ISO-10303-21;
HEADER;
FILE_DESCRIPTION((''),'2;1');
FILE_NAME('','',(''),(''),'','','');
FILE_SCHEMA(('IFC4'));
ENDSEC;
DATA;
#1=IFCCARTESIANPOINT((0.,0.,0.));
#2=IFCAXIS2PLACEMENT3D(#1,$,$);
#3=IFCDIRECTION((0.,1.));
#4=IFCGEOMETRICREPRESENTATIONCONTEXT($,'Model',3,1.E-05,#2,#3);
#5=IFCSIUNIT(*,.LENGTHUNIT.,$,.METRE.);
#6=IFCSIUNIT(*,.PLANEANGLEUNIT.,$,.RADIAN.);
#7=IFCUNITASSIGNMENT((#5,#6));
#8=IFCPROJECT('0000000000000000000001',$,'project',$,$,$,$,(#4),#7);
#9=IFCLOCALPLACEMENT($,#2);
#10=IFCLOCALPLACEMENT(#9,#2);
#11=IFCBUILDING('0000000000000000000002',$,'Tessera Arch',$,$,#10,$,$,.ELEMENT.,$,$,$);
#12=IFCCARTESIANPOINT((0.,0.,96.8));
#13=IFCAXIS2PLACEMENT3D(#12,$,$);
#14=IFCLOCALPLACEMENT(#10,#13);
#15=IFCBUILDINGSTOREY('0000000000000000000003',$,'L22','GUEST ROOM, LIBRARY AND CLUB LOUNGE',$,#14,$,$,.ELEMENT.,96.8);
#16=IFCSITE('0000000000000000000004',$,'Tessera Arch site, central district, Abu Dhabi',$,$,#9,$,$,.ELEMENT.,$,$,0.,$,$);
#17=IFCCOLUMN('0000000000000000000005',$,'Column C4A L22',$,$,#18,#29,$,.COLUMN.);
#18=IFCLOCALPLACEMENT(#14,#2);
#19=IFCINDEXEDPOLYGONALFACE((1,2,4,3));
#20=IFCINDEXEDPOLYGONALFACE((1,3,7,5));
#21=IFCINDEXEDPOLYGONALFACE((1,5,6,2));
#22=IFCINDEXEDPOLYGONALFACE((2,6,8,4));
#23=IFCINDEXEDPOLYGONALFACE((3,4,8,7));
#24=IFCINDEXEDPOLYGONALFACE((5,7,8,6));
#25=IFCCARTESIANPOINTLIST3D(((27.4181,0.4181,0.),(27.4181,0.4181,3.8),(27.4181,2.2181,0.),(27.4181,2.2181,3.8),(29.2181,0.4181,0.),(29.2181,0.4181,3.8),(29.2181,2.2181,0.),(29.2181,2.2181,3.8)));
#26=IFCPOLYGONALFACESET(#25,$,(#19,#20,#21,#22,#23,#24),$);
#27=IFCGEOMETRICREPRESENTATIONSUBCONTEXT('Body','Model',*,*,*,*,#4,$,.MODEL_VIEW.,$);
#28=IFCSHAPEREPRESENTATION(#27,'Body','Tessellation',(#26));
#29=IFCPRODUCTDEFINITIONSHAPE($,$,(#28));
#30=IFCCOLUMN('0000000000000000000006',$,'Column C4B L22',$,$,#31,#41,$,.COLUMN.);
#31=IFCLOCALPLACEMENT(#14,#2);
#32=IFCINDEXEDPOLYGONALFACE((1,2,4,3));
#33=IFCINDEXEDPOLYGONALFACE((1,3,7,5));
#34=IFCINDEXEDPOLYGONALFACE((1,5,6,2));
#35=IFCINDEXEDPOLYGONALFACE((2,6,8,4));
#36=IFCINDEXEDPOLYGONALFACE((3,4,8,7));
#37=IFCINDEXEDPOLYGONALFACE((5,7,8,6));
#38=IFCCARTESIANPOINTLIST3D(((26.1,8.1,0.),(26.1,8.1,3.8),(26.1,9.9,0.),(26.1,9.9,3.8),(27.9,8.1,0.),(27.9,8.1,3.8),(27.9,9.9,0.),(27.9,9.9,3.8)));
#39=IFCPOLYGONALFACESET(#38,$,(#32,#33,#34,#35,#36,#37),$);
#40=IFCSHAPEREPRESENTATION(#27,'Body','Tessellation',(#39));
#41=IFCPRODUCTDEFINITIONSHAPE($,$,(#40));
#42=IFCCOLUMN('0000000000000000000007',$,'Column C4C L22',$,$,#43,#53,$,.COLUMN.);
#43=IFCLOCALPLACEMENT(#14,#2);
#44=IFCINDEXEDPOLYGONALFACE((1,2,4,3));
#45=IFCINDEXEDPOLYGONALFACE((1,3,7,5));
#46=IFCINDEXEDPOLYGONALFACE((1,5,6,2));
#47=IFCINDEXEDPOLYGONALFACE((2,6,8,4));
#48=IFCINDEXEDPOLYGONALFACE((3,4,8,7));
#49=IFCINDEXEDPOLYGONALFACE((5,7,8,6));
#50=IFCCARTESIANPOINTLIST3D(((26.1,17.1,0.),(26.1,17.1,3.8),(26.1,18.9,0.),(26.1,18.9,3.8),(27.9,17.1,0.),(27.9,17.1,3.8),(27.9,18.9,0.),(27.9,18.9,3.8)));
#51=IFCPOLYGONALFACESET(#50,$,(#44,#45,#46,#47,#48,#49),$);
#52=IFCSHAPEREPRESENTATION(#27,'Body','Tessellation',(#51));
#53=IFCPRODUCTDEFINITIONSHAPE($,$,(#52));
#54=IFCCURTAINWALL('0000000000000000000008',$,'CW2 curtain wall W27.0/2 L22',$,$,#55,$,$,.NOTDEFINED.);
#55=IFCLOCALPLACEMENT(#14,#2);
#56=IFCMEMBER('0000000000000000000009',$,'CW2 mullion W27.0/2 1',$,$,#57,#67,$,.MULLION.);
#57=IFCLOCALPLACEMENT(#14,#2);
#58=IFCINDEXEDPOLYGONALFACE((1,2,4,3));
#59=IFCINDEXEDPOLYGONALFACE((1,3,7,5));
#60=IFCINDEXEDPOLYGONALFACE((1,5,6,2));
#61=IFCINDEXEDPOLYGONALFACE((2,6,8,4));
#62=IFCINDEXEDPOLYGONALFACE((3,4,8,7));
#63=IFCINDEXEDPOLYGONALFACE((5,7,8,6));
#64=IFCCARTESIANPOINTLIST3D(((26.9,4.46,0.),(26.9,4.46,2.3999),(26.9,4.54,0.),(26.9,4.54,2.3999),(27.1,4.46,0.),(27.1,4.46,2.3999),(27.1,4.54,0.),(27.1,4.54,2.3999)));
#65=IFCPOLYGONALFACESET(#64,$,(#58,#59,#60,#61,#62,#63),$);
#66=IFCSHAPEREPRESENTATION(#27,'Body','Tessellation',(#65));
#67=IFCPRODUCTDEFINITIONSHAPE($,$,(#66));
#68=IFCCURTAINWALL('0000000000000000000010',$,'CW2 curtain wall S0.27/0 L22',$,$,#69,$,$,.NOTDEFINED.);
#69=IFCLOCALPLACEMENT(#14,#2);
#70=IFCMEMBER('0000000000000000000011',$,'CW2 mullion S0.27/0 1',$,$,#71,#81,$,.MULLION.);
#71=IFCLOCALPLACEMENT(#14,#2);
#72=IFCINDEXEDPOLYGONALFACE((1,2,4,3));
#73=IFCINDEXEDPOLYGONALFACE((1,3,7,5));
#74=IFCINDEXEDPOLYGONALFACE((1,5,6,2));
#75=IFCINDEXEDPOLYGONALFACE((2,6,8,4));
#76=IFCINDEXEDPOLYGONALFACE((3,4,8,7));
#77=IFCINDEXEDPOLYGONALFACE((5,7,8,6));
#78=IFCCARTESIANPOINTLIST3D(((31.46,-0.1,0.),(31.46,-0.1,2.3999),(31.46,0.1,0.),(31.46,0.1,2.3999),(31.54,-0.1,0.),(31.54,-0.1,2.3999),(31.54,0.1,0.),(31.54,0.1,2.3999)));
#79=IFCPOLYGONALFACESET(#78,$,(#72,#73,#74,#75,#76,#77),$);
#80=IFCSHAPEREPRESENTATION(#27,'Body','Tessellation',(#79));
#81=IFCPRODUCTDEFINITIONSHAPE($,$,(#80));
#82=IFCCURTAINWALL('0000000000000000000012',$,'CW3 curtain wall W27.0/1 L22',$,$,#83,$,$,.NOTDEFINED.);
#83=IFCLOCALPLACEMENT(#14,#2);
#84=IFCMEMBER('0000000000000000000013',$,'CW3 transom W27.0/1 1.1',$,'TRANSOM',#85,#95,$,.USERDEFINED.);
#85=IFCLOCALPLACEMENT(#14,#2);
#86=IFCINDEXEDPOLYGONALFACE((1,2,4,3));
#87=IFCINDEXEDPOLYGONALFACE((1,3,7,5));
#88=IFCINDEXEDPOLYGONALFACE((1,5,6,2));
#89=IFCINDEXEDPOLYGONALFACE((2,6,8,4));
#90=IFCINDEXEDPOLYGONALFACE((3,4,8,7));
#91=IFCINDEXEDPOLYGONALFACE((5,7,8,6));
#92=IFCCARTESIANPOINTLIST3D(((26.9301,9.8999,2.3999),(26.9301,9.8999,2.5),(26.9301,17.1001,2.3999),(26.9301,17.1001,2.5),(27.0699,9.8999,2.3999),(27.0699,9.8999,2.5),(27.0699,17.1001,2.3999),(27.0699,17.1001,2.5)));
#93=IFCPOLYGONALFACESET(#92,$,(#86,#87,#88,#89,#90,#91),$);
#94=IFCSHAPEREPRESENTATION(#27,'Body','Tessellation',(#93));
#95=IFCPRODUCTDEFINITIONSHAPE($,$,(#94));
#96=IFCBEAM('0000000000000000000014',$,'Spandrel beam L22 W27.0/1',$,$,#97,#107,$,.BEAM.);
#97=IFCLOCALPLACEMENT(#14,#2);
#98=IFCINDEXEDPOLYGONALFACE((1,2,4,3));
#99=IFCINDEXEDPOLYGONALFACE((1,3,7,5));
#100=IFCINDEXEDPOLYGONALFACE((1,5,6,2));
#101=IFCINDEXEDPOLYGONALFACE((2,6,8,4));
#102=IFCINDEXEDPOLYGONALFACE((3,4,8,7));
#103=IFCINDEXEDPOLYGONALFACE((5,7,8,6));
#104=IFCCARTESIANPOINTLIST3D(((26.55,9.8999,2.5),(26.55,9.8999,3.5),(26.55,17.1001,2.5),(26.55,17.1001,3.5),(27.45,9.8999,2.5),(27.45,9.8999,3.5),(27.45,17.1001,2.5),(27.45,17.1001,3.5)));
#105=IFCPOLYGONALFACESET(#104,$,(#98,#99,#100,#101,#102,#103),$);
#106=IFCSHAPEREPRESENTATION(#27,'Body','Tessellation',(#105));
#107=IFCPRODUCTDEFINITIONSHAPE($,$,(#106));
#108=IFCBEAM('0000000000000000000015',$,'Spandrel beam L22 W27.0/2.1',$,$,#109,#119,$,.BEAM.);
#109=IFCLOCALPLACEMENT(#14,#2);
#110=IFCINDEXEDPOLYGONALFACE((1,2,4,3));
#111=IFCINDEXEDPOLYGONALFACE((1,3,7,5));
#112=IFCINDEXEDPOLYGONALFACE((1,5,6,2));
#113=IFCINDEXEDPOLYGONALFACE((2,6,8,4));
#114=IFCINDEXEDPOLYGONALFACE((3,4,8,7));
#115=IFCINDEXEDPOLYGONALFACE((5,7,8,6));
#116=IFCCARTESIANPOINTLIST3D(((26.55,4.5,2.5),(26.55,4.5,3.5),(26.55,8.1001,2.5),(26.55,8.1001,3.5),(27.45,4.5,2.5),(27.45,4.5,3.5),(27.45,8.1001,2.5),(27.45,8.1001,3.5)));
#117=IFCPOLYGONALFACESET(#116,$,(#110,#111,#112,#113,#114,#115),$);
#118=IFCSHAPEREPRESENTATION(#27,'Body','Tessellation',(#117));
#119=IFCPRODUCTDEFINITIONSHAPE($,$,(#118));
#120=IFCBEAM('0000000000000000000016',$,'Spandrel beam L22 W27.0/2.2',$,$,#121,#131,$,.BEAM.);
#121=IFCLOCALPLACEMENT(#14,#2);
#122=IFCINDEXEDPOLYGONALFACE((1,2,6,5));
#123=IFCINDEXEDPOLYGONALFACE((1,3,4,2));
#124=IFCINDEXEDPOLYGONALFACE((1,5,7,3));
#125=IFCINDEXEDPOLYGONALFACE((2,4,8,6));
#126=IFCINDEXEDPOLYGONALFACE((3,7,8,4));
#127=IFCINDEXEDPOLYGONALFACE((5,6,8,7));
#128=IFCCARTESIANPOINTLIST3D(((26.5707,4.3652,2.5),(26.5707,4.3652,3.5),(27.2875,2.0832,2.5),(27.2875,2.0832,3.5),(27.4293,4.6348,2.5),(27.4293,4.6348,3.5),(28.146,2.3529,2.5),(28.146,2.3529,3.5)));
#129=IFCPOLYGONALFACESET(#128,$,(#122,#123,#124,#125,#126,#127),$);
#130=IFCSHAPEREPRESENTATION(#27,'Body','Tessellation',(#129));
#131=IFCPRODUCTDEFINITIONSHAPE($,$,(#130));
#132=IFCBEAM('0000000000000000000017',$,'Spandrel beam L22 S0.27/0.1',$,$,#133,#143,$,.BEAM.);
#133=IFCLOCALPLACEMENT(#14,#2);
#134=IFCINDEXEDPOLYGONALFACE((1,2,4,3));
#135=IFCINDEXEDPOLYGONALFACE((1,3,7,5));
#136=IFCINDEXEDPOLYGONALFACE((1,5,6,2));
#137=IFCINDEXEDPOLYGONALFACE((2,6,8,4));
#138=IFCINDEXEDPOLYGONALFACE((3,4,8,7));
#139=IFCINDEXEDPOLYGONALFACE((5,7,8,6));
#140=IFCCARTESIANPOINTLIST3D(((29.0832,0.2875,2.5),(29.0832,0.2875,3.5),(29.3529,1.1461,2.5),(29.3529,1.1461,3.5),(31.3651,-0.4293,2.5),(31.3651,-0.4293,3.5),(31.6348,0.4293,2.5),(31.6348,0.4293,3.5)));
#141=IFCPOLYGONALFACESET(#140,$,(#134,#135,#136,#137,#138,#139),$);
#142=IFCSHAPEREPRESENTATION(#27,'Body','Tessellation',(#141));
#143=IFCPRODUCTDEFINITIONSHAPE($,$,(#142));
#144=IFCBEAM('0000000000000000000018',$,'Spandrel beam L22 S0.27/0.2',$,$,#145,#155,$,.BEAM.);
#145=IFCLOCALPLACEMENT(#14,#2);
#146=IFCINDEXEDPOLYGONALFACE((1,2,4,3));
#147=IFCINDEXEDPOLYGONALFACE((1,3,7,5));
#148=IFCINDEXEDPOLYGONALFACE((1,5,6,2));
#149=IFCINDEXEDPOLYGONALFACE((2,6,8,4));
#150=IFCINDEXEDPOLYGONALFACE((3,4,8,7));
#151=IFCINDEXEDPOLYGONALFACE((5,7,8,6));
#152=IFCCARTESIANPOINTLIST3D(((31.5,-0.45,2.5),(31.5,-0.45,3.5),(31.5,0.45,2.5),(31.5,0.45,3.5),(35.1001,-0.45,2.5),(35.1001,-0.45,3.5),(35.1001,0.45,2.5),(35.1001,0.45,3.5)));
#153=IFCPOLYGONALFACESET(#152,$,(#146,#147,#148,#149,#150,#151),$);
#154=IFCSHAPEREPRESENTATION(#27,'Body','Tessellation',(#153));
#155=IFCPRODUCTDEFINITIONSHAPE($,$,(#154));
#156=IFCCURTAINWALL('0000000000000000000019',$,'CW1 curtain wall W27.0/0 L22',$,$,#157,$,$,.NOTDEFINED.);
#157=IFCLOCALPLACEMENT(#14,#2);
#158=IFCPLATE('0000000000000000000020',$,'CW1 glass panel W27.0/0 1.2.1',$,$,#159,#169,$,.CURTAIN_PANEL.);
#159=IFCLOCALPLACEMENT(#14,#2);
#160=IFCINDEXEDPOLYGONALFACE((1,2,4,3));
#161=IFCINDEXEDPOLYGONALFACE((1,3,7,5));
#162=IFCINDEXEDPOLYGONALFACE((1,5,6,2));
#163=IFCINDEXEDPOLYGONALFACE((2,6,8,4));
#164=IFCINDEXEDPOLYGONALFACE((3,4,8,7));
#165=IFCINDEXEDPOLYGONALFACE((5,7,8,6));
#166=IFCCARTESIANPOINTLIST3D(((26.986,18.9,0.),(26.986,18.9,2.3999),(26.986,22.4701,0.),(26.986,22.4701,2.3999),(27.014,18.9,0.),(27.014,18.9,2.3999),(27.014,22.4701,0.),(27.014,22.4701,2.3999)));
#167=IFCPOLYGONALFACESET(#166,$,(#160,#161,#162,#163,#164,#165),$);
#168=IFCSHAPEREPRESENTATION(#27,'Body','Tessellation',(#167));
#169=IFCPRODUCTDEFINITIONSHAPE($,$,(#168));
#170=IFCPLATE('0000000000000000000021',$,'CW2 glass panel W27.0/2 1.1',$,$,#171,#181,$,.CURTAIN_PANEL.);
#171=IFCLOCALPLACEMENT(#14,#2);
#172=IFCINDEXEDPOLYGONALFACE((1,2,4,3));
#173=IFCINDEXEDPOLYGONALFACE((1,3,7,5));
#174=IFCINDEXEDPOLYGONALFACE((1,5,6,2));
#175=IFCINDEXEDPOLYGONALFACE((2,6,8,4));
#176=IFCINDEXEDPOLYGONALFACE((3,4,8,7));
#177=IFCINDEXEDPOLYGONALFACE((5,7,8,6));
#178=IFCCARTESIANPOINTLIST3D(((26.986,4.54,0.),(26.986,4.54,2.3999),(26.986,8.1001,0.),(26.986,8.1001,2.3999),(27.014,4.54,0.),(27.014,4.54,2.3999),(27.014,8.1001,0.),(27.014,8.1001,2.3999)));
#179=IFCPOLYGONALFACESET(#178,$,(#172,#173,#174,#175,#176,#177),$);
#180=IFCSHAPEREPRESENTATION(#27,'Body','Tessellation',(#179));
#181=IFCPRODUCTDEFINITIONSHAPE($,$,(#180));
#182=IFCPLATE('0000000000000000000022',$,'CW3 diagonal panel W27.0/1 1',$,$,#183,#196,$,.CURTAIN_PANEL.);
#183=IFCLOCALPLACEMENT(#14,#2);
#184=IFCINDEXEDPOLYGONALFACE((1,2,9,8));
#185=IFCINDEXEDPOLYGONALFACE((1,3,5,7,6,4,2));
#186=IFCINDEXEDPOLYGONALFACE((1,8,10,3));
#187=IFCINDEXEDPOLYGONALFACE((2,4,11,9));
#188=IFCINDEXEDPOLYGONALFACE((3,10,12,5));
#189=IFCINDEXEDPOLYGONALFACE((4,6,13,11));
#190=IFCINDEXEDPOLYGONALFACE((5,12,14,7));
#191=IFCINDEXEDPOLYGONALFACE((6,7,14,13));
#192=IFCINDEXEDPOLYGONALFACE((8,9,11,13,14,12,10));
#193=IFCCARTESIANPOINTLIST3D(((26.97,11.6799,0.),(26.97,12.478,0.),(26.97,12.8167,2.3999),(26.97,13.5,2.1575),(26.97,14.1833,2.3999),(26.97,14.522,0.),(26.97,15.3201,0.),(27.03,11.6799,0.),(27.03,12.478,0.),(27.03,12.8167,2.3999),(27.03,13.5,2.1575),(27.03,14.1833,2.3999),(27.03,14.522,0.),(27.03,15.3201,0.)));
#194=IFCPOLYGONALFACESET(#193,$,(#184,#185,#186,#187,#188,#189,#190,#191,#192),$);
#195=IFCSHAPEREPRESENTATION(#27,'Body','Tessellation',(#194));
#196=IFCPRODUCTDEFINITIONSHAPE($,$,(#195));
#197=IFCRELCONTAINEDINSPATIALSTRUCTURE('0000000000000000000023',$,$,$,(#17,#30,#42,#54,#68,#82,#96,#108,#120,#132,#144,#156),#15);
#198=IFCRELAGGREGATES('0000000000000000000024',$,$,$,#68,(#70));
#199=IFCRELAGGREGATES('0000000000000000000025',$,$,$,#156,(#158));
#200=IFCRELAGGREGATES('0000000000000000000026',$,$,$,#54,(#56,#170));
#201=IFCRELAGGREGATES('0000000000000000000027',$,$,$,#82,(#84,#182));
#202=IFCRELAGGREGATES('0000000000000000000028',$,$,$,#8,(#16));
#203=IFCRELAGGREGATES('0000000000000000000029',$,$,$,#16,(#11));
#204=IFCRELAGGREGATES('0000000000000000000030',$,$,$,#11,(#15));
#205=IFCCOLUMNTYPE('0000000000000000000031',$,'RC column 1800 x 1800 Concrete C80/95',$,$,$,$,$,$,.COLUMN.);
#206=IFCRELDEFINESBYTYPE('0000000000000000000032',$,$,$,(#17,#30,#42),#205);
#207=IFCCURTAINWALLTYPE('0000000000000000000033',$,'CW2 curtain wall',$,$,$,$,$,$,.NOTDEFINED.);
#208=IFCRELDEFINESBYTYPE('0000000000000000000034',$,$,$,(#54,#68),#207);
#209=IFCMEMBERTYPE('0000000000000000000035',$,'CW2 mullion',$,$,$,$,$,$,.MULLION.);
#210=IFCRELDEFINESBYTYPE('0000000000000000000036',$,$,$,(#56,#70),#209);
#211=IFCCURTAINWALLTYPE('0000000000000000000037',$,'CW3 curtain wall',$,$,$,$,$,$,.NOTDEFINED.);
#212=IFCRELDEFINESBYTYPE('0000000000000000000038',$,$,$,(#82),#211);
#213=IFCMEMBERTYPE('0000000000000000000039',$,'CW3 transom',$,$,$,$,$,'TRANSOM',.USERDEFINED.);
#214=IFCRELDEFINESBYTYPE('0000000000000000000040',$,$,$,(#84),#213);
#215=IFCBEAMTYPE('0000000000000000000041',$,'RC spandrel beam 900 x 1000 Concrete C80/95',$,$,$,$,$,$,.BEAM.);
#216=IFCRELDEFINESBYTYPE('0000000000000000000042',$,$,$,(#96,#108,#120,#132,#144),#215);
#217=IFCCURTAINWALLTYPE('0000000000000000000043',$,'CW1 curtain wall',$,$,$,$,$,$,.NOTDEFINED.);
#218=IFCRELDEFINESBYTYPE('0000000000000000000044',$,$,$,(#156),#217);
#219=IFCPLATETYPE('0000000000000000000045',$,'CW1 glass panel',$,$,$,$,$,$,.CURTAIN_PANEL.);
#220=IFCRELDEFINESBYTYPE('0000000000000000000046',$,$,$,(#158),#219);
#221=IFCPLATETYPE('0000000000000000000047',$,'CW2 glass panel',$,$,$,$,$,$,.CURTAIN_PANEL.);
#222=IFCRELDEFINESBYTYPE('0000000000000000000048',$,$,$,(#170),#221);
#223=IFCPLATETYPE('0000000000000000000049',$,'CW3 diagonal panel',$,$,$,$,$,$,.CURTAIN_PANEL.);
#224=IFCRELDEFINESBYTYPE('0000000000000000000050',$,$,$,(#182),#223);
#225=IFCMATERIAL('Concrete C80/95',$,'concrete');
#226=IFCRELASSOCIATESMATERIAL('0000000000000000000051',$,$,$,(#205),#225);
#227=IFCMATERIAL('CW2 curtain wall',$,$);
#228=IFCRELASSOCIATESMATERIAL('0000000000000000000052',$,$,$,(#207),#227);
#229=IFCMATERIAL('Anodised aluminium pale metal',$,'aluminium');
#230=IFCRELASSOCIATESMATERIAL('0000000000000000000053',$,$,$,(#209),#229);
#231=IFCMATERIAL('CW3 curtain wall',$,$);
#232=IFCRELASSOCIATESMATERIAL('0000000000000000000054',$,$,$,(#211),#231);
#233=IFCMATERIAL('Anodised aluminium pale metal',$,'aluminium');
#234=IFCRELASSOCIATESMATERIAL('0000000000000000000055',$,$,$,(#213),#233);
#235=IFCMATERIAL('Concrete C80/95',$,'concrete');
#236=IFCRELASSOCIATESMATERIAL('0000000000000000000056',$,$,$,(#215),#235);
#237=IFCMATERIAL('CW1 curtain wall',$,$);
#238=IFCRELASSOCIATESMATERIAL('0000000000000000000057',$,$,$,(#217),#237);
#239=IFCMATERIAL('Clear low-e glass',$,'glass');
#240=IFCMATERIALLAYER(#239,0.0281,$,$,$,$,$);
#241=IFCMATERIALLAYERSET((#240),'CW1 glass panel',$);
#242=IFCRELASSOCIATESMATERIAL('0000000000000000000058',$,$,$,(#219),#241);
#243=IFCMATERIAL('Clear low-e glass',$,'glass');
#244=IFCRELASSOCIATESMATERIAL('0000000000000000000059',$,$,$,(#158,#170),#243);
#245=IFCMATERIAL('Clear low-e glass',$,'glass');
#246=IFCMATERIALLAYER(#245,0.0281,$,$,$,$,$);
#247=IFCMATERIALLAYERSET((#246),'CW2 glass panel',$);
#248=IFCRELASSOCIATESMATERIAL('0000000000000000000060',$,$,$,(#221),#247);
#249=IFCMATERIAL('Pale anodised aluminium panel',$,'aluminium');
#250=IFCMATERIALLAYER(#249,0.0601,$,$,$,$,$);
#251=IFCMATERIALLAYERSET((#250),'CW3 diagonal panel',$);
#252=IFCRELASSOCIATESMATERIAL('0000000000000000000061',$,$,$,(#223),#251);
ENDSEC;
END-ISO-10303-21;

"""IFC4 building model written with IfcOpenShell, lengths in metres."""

from ifc_helpers import new_model, si_unit, direction, frame, origin, origin_2d, place, context, subcontext, project, spatial, polyline, rectangle, outline, extrude, material, layer, layer_set, material_profile, profile_set, type_object, element, aggregate, save


model = new_model("IFC4")

# Units and contexts
model_context = context("Model", 3, precision=1e-05, world=origin(), true_north=direction((0.0, 1.0)))
body_context = subcontext(model_context, "Body", "Model", "MODEL_VIEW")
ifc_project = project(units=[si_unit("LENGTHUNIT", "METRE"), si_unit("PLANEANGLEUNIT", "RADIAN")], contexts=[model_context])

# Site, building, storey
site_placement = place(None, origin())
site = spatial("IfcSite", under=ifc_project, at=site_placement, Name="Tessera Arch site, central district, Abu Dhabi", CompositionType="ELEMENT", RefElevation=0.0)
building_placement = place(site_placement, origin())
building = spatial("IfcBuilding", under=site, at=building_placement, Name="Tessera Arch", CompositionType="ELEMENT")
storey_placement = place(building_placement, frame((0.0, 0.0, 96.8)))
storey = spatial("IfcBuildingStorey", under=building, at=storey_placement, Name="L22", Description="GUEST ROOM, LIBRARY AND CLUB LOUNGE", CompositionType="ELEMENT", Elevation=96.8)

# Columns
ifc_material_1 = material(Name="Concrete C80/95", Category="concrete")
ifc_material_profile_1 = material_profile(ifc_material_1, rectangle(XDim=1.8, YDim=1.8, at=origin_2d()), Name="RC column 1800 x 1800 Concrete C80/95")
ifc_profile_set_1 = profile_set([ifc_material_profile_1], Name="Concrete C80/95")
column_type = type_object("IfcColumnType", Name="RC column 1800 x 1800 Concrete C80/95", PredefinedType="COLUMN", material=ifc_profile_set_1)
for number, where, z_axis, x_axis, name in (
    (1, (28.3181, 1.3181, 0.0), (0.0, 0.0, 1.0), (1.0, 0.0, 0.0), "Column C4A L22"),
    (2, (27.0, 9.0, 0.0), (0.0, 0.0, 1.0), (1.0, 0.0, 0.0), "Column C4B L22"),
    (3, (27.0, 18.0, 0.0), (0.0, 0.0, 1.0), (1.0, 0.0, 0.0), "Column C4C L22"),
):
    element("IfcColumn", number, at=place(storey_placement, frame(where, z_axis=z_axis, x_axis=x_axis)), inside=storey, type_object=column_type, Name=name, PredefinedType="COLUMN", context=body_context, shape_type="SweptSolid", body=[
        extrude(rectangle(XDim=1.8, YDim=1.8, at=origin_2d()), origin(), (0.0, 0.0, 1.0), 3.8),
    ])

# Curtain walls, members
ifc_material_2 = material(Name="CW2 curtain wall")
curtain_wall_type_1 = type_object("IfcCurtainWallType", Name="CW2 curtain wall", PredefinedType="NOTDEFINED", material=ifc_material_2)
curtain_wall_1_placement = place(storey_placement, origin())
curtain_wall_1 = element("IfcCurtainWall", 4, at=curtain_wall_1_placement, inside=storey, type_object=curtain_wall_type_1, Name="CW2 curtain wall W27.0/2 L22", PredefinedType="NOTDEFINED")
ifc_material_3 = material(Name="Anodised aluminium pale metal", Category="aluminium")
ifc_material_profile_2 = material_profile(ifc_material_3, rectangle(XDim=0.2, YDim=0.0801, at=origin_2d()), Name="AL 80x200")
ifc_profile_set_2 = profile_set([ifc_material_profile_2], Name="Anodised aluminium pale metal")
member_type_1 = type_object("IfcMemberType", Name="CW2 mullion", PredefinedType="MULLION", material=ifc_profile_set_2)
member_1_placement = place(storey_placement, frame((27.0, 4.5, 0.0), z_axis=(0.0, 0.0, 1.0), x_axis=(1.0, 0.0, 0.0)))
member_1 = element("IfcMember", 5, at=member_1_placement, type_object=member_type_1, Name="CW2 mullion W27.0/2 1", PredefinedType="MULLION", context=body_context, shape_type="SweptSolid", body=[
    extrude(rectangle(XDim=0.2, YDim=0.0801, at=origin_2d()), origin(), (0.0, 0.0, 1.0), 2.3999),
])
curtain_wall_2_placement = place(storey_placement, origin())
curtain_wall_2 = element("IfcCurtainWall", 6, at=curtain_wall_2_placement, inside=storey, type_object=curtain_wall_type_1, Name="CW2 curtain wall S0.27/0 L22", PredefinedType="NOTDEFINED")
member_2_placement = place(storey_placement, frame((31.5, 0.0, 0.0), z_axis=(0.0, 0.0, 1.0), x_axis=(0.0, 1.0, 0.0)))
member_2 = element("IfcMember", 7, at=member_2_placement, type_object=member_type_1, Name="CW2 mullion S0.27/0 1", PredefinedType="MULLION", context=body_context, shape_type="SweptSolid", body=[
    extrude(rectangle(XDim=0.2, YDim=0.0801, at=origin_2d()), origin(), (0.0, 0.0, 1.0), 2.3999),
])
aggregate(curtain_wall_2, [member_2])
ifc_material_4 = material(Name="CW3 curtain wall")
curtain_wall_type_2 = type_object("IfcCurtainWallType", Name="CW3 curtain wall", PredefinedType="NOTDEFINED", material=ifc_material_4)
curtain_wall_3_placement = place(storey_placement, origin())
curtain_wall_3 = element("IfcCurtainWall", 8, at=curtain_wall_3_placement, inside=storey, type_object=curtain_wall_type_2, Name="CW3 curtain wall W27.0/1 L22", PredefinedType="NOTDEFINED")
ifc_material_5 = material(Name="Anodised aluminium pale metal", Category="aluminium")
ifc_material_profile_3 = material_profile(ifc_material_5, rectangle(XDim=0.1399, YDim=0.1001, at=origin_2d()), Name="AL 140x100")
ifc_profile_set_3 = profile_set([ifc_material_profile_3], Name="Anodised aluminium pale metal")
member_type_2 = type_object("IfcMemberType", Name="CW3 transom", ElementType="TRANSOM", PredefinedType="USERDEFINED", material=ifc_profile_set_3)
member_3_placement = place(storey_placement, frame((27.0, 17.1001, 2.45), z_axis=(0.0, -1.0, 0.0), x_axis=(1.0, 0.0, 0.0)))
member_3 = element("IfcMember", 9, at=member_3_placement, type_object=member_type_2, Name="CW3 transom W27.0/1 1.1", ObjectType="TRANSOM", PredefinedType="USERDEFINED", context=body_context, shape_type="SweptSolid", body=[
    extrude(rectangle(XDim=0.1399, YDim=0.1001, at=origin_2d()), origin(), (0.0, 0.0, 1.0), 7.2002),
])

# Beams
ifc_material_6 = material(Name="Concrete C80/95", Category="concrete")
ifc_material_profile_4 = material_profile(ifc_material_6, rectangle(XDim=0.8999, YDim=1.0, at=origin_2d()), Name="RC spandrel beam 900 x 1000 Concrete C80/95")
ifc_profile_set_4 = profile_set([ifc_material_profile_4], Name="Concrete C80/95")
beam_type = type_object("IfcBeamType", Name="RC spandrel beam 900 x 1000 Concrete C80/95", PredefinedType="BEAM", material=ifc_profile_set_4)
beam_1_placement = place(storey_placement, frame((27.0, 17.1001, 3.0), z_axis=(0.0, -1.0, 0.0), x_axis=(1.0, 0.0, 0.0)))
element("IfcBeam", 10, at=beam_1_placement, inside=storey, type_object=beam_type, Name="Spandrel beam L22 W27.0/1", PredefinedType="BEAM", context=body_context, shape_type="SweptSolid", body=[
    extrude(rectangle(XDim=0.8999, YDim=1.0, at=origin_2d()), origin(), (0.0, 0.0, 1.0), 7.2002),
])
beam_2_placement = place(storey_placement, frame((27.0, 8.1001, 3.0), z_axis=(0.0, -1.0, 0.0), x_axis=(1.0, 0.0, 0.0)))
element("IfcBeam", 11, at=beam_2_placement, inside=storey, type_object=beam_type, Name="Spandrel beam L22 W27.0/2.1", PredefinedType="BEAM", context=body_context, shape_type="SweptSolid", body=[
    extrude(rectangle(XDim=0.8999, YDim=1.0, at=origin_2d()), origin(), (0.0, 0.0, 1.0), 3.6001),
])
for number, where, z_axis, x_axis, name in (
    (12, (27.0, 4.5, 3.0), (0.299675, -0.954041, 0.0), (0.954041, 0.299675, 0.0), "Spandrel beam L22 W27.0/2.2"),
    (13, (29.218, 0.7168, 3.0), (0.954041, -0.299675, 0.0), (0.299675, 0.954041, 0.0), "Spandrel beam L22 S0.27/0.1"),
):
    element("IfcBeam", number, at=place(storey_placement, frame(where, z_axis=z_axis, x_axis=x_axis)), inside=storey, type_object=beam_type, Name=name, PredefinedType="BEAM", context=body_context, shape_type="SweptSolid", body=[
        extrude(rectangle(XDim=0.8999, YDim=1.0, at=origin_2d()), origin(), (0.0, 0.0, 1.0), 2.3918),
    ])
beam_3_placement = place(storey_placement, frame((31.5, 0.0, 3.0), z_axis=(1.0, 0.0, 0.0), x_axis=(0.0, 1.0, 0.0)))
element("IfcBeam", 14, at=beam_3_placement, inside=storey, type_object=beam_type, Name="Spandrel beam L22 S0.27/0.2", PredefinedType="BEAM", context=body_context, shape_type="SweptSolid", body=[
    extrude(rectangle(XDim=0.8999, YDim=1.0, at=origin_2d()), origin(), (0.0, 0.0, 1.0), 3.6001),
])

# Curtain wall, plate
ifc_material_7 = material(Name="CW1 curtain wall")
curtain_wall_type_3 = type_object("IfcCurtainWallType", Name="CW1 curtain wall", PredefinedType="NOTDEFINED", material=ifc_material_7)
curtain_wall_4_placement = place(storey_placement, origin())
curtain_wall_4 = element("IfcCurtainWall", 15, at=curtain_wall_4_placement, inside=storey, type_object=curtain_wall_type_3, Name="CW1 curtain wall W27.0/0 L22", PredefinedType="NOTDEFINED")
ifc_material_8 = material(Name="Clear low-e glass", Category="glass")
ifc_material_9 = material(Name="Clear low-e glass", Category="glass")
ifc_layer_1 = layer(ifc_material_9, 0.0281)
ifc_layer_set_1 = layer_set([ifc_layer_1], Name="CW1 glass panel")
plate_type_1 = type_object("IfcPlateType", Name="CW1 glass panel", PredefinedType="CURTAIN_PANEL", material=ifc_layer_set_1)
plate_1_placement = place(storey_placement, frame((27.0, 20.6851, 0.0), z_axis=(0.0, 0.0, 1.0), x_axis=(0.0, -1.0, 0.0)))
plate_1 = element("IfcPlate", 16, at=plate_1_placement, type_object=plate_type_1, material=ifc_material_8, Name="CW1 glass panel W27.0/0 1.2.1", PredefinedType="CURTAIN_PANEL", context=body_context, shape_type="SweptSolid", body=[
    extrude(rectangle(XDim=3.5701, YDim=0.0281, at=origin_2d()), origin(), (0.0, 0.0, 1.0), 2.3999),
])
aggregate(curtain_wall_4, [plate_1])

# Plates
ifc_material_10 = material(Name="Clear low-e glass", Category="glass")
ifc_layer_2 = layer(ifc_material_10, 0.0281)
ifc_layer_set_2 = layer_set([ifc_layer_2], Name="CW2 glass panel")
plate_type_2 = type_object("IfcPlateType", Name="CW2 glass panel", PredefinedType="CURTAIN_PANEL", material=ifc_layer_set_2)
plate_2_placement = place(storey_placement, frame((27.0, 6.3201, 0.0), z_axis=(0.0, 0.0, 1.0), x_axis=(0.0, -1.0, 0.0)))
plate_2 = element("IfcPlate", 17, at=plate_2_placement, type_object=plate_type_2, material=ifc_material_8, Name="CW2 glass panel W27.0/2 1.1", PredefinedType="CURTAIN_PANEL", context=body_context, shape_type="SweptSolid", body=[
    extrude(rectangle(XDim=3.5601, YDim=0.0281, at=origin_2d()), origin(), (0.0, 0.0, 1.0), 2.3999),
])
aggregate(curtain_wall_1, [member_1, plate_2])
ifc_material_11 = material(Name="Pale anodised aluminium panel", Category="aluminium")
ifc_layer_3 = layer(ifc_material_11, 0.0601)
ifc_layer_set_3 = layer_set([ifc_layer_3], Name="CW3 diagonal panel")
plate_type_3 = type_object("IfcPlateType", Name="CW3 diagonal panel", PredefinedType="CURTAIN_PANEL", material=ifc_layer_set_3)
plate_3_placement = place(storey_placement, frame((26.97, 12.8167, 2.3999), z_axis=(-1.0, 0.0, 0.0), x_axis=(0.0, 1.0, 0.0)))
plate_3 = element("IfcPlate", 18, at=plate_3_placement, type_object=plate_type_3, Name="CW3 diagonal panel W27.0/1 1", PredefinedType="CURTAIN_PANEL", context=body_context, shape_type="SweptSolid", body=[
    extrude(outline(polyline([(0.0, 0.0), (1.3667, 0.0), (2.5034, 2.3999), (1.7053, 2.3999), (0.6833, 0.2424), (-0.3386, 2.3999), (-1.1367, 2.3999), (0.0, 0.0)])), origin(), (0.0, 0.0, -1.0), 0.0601),
])

aggregate(curtain_wall_3, [member_3, plate_3])

save(model, "model.ifc")
